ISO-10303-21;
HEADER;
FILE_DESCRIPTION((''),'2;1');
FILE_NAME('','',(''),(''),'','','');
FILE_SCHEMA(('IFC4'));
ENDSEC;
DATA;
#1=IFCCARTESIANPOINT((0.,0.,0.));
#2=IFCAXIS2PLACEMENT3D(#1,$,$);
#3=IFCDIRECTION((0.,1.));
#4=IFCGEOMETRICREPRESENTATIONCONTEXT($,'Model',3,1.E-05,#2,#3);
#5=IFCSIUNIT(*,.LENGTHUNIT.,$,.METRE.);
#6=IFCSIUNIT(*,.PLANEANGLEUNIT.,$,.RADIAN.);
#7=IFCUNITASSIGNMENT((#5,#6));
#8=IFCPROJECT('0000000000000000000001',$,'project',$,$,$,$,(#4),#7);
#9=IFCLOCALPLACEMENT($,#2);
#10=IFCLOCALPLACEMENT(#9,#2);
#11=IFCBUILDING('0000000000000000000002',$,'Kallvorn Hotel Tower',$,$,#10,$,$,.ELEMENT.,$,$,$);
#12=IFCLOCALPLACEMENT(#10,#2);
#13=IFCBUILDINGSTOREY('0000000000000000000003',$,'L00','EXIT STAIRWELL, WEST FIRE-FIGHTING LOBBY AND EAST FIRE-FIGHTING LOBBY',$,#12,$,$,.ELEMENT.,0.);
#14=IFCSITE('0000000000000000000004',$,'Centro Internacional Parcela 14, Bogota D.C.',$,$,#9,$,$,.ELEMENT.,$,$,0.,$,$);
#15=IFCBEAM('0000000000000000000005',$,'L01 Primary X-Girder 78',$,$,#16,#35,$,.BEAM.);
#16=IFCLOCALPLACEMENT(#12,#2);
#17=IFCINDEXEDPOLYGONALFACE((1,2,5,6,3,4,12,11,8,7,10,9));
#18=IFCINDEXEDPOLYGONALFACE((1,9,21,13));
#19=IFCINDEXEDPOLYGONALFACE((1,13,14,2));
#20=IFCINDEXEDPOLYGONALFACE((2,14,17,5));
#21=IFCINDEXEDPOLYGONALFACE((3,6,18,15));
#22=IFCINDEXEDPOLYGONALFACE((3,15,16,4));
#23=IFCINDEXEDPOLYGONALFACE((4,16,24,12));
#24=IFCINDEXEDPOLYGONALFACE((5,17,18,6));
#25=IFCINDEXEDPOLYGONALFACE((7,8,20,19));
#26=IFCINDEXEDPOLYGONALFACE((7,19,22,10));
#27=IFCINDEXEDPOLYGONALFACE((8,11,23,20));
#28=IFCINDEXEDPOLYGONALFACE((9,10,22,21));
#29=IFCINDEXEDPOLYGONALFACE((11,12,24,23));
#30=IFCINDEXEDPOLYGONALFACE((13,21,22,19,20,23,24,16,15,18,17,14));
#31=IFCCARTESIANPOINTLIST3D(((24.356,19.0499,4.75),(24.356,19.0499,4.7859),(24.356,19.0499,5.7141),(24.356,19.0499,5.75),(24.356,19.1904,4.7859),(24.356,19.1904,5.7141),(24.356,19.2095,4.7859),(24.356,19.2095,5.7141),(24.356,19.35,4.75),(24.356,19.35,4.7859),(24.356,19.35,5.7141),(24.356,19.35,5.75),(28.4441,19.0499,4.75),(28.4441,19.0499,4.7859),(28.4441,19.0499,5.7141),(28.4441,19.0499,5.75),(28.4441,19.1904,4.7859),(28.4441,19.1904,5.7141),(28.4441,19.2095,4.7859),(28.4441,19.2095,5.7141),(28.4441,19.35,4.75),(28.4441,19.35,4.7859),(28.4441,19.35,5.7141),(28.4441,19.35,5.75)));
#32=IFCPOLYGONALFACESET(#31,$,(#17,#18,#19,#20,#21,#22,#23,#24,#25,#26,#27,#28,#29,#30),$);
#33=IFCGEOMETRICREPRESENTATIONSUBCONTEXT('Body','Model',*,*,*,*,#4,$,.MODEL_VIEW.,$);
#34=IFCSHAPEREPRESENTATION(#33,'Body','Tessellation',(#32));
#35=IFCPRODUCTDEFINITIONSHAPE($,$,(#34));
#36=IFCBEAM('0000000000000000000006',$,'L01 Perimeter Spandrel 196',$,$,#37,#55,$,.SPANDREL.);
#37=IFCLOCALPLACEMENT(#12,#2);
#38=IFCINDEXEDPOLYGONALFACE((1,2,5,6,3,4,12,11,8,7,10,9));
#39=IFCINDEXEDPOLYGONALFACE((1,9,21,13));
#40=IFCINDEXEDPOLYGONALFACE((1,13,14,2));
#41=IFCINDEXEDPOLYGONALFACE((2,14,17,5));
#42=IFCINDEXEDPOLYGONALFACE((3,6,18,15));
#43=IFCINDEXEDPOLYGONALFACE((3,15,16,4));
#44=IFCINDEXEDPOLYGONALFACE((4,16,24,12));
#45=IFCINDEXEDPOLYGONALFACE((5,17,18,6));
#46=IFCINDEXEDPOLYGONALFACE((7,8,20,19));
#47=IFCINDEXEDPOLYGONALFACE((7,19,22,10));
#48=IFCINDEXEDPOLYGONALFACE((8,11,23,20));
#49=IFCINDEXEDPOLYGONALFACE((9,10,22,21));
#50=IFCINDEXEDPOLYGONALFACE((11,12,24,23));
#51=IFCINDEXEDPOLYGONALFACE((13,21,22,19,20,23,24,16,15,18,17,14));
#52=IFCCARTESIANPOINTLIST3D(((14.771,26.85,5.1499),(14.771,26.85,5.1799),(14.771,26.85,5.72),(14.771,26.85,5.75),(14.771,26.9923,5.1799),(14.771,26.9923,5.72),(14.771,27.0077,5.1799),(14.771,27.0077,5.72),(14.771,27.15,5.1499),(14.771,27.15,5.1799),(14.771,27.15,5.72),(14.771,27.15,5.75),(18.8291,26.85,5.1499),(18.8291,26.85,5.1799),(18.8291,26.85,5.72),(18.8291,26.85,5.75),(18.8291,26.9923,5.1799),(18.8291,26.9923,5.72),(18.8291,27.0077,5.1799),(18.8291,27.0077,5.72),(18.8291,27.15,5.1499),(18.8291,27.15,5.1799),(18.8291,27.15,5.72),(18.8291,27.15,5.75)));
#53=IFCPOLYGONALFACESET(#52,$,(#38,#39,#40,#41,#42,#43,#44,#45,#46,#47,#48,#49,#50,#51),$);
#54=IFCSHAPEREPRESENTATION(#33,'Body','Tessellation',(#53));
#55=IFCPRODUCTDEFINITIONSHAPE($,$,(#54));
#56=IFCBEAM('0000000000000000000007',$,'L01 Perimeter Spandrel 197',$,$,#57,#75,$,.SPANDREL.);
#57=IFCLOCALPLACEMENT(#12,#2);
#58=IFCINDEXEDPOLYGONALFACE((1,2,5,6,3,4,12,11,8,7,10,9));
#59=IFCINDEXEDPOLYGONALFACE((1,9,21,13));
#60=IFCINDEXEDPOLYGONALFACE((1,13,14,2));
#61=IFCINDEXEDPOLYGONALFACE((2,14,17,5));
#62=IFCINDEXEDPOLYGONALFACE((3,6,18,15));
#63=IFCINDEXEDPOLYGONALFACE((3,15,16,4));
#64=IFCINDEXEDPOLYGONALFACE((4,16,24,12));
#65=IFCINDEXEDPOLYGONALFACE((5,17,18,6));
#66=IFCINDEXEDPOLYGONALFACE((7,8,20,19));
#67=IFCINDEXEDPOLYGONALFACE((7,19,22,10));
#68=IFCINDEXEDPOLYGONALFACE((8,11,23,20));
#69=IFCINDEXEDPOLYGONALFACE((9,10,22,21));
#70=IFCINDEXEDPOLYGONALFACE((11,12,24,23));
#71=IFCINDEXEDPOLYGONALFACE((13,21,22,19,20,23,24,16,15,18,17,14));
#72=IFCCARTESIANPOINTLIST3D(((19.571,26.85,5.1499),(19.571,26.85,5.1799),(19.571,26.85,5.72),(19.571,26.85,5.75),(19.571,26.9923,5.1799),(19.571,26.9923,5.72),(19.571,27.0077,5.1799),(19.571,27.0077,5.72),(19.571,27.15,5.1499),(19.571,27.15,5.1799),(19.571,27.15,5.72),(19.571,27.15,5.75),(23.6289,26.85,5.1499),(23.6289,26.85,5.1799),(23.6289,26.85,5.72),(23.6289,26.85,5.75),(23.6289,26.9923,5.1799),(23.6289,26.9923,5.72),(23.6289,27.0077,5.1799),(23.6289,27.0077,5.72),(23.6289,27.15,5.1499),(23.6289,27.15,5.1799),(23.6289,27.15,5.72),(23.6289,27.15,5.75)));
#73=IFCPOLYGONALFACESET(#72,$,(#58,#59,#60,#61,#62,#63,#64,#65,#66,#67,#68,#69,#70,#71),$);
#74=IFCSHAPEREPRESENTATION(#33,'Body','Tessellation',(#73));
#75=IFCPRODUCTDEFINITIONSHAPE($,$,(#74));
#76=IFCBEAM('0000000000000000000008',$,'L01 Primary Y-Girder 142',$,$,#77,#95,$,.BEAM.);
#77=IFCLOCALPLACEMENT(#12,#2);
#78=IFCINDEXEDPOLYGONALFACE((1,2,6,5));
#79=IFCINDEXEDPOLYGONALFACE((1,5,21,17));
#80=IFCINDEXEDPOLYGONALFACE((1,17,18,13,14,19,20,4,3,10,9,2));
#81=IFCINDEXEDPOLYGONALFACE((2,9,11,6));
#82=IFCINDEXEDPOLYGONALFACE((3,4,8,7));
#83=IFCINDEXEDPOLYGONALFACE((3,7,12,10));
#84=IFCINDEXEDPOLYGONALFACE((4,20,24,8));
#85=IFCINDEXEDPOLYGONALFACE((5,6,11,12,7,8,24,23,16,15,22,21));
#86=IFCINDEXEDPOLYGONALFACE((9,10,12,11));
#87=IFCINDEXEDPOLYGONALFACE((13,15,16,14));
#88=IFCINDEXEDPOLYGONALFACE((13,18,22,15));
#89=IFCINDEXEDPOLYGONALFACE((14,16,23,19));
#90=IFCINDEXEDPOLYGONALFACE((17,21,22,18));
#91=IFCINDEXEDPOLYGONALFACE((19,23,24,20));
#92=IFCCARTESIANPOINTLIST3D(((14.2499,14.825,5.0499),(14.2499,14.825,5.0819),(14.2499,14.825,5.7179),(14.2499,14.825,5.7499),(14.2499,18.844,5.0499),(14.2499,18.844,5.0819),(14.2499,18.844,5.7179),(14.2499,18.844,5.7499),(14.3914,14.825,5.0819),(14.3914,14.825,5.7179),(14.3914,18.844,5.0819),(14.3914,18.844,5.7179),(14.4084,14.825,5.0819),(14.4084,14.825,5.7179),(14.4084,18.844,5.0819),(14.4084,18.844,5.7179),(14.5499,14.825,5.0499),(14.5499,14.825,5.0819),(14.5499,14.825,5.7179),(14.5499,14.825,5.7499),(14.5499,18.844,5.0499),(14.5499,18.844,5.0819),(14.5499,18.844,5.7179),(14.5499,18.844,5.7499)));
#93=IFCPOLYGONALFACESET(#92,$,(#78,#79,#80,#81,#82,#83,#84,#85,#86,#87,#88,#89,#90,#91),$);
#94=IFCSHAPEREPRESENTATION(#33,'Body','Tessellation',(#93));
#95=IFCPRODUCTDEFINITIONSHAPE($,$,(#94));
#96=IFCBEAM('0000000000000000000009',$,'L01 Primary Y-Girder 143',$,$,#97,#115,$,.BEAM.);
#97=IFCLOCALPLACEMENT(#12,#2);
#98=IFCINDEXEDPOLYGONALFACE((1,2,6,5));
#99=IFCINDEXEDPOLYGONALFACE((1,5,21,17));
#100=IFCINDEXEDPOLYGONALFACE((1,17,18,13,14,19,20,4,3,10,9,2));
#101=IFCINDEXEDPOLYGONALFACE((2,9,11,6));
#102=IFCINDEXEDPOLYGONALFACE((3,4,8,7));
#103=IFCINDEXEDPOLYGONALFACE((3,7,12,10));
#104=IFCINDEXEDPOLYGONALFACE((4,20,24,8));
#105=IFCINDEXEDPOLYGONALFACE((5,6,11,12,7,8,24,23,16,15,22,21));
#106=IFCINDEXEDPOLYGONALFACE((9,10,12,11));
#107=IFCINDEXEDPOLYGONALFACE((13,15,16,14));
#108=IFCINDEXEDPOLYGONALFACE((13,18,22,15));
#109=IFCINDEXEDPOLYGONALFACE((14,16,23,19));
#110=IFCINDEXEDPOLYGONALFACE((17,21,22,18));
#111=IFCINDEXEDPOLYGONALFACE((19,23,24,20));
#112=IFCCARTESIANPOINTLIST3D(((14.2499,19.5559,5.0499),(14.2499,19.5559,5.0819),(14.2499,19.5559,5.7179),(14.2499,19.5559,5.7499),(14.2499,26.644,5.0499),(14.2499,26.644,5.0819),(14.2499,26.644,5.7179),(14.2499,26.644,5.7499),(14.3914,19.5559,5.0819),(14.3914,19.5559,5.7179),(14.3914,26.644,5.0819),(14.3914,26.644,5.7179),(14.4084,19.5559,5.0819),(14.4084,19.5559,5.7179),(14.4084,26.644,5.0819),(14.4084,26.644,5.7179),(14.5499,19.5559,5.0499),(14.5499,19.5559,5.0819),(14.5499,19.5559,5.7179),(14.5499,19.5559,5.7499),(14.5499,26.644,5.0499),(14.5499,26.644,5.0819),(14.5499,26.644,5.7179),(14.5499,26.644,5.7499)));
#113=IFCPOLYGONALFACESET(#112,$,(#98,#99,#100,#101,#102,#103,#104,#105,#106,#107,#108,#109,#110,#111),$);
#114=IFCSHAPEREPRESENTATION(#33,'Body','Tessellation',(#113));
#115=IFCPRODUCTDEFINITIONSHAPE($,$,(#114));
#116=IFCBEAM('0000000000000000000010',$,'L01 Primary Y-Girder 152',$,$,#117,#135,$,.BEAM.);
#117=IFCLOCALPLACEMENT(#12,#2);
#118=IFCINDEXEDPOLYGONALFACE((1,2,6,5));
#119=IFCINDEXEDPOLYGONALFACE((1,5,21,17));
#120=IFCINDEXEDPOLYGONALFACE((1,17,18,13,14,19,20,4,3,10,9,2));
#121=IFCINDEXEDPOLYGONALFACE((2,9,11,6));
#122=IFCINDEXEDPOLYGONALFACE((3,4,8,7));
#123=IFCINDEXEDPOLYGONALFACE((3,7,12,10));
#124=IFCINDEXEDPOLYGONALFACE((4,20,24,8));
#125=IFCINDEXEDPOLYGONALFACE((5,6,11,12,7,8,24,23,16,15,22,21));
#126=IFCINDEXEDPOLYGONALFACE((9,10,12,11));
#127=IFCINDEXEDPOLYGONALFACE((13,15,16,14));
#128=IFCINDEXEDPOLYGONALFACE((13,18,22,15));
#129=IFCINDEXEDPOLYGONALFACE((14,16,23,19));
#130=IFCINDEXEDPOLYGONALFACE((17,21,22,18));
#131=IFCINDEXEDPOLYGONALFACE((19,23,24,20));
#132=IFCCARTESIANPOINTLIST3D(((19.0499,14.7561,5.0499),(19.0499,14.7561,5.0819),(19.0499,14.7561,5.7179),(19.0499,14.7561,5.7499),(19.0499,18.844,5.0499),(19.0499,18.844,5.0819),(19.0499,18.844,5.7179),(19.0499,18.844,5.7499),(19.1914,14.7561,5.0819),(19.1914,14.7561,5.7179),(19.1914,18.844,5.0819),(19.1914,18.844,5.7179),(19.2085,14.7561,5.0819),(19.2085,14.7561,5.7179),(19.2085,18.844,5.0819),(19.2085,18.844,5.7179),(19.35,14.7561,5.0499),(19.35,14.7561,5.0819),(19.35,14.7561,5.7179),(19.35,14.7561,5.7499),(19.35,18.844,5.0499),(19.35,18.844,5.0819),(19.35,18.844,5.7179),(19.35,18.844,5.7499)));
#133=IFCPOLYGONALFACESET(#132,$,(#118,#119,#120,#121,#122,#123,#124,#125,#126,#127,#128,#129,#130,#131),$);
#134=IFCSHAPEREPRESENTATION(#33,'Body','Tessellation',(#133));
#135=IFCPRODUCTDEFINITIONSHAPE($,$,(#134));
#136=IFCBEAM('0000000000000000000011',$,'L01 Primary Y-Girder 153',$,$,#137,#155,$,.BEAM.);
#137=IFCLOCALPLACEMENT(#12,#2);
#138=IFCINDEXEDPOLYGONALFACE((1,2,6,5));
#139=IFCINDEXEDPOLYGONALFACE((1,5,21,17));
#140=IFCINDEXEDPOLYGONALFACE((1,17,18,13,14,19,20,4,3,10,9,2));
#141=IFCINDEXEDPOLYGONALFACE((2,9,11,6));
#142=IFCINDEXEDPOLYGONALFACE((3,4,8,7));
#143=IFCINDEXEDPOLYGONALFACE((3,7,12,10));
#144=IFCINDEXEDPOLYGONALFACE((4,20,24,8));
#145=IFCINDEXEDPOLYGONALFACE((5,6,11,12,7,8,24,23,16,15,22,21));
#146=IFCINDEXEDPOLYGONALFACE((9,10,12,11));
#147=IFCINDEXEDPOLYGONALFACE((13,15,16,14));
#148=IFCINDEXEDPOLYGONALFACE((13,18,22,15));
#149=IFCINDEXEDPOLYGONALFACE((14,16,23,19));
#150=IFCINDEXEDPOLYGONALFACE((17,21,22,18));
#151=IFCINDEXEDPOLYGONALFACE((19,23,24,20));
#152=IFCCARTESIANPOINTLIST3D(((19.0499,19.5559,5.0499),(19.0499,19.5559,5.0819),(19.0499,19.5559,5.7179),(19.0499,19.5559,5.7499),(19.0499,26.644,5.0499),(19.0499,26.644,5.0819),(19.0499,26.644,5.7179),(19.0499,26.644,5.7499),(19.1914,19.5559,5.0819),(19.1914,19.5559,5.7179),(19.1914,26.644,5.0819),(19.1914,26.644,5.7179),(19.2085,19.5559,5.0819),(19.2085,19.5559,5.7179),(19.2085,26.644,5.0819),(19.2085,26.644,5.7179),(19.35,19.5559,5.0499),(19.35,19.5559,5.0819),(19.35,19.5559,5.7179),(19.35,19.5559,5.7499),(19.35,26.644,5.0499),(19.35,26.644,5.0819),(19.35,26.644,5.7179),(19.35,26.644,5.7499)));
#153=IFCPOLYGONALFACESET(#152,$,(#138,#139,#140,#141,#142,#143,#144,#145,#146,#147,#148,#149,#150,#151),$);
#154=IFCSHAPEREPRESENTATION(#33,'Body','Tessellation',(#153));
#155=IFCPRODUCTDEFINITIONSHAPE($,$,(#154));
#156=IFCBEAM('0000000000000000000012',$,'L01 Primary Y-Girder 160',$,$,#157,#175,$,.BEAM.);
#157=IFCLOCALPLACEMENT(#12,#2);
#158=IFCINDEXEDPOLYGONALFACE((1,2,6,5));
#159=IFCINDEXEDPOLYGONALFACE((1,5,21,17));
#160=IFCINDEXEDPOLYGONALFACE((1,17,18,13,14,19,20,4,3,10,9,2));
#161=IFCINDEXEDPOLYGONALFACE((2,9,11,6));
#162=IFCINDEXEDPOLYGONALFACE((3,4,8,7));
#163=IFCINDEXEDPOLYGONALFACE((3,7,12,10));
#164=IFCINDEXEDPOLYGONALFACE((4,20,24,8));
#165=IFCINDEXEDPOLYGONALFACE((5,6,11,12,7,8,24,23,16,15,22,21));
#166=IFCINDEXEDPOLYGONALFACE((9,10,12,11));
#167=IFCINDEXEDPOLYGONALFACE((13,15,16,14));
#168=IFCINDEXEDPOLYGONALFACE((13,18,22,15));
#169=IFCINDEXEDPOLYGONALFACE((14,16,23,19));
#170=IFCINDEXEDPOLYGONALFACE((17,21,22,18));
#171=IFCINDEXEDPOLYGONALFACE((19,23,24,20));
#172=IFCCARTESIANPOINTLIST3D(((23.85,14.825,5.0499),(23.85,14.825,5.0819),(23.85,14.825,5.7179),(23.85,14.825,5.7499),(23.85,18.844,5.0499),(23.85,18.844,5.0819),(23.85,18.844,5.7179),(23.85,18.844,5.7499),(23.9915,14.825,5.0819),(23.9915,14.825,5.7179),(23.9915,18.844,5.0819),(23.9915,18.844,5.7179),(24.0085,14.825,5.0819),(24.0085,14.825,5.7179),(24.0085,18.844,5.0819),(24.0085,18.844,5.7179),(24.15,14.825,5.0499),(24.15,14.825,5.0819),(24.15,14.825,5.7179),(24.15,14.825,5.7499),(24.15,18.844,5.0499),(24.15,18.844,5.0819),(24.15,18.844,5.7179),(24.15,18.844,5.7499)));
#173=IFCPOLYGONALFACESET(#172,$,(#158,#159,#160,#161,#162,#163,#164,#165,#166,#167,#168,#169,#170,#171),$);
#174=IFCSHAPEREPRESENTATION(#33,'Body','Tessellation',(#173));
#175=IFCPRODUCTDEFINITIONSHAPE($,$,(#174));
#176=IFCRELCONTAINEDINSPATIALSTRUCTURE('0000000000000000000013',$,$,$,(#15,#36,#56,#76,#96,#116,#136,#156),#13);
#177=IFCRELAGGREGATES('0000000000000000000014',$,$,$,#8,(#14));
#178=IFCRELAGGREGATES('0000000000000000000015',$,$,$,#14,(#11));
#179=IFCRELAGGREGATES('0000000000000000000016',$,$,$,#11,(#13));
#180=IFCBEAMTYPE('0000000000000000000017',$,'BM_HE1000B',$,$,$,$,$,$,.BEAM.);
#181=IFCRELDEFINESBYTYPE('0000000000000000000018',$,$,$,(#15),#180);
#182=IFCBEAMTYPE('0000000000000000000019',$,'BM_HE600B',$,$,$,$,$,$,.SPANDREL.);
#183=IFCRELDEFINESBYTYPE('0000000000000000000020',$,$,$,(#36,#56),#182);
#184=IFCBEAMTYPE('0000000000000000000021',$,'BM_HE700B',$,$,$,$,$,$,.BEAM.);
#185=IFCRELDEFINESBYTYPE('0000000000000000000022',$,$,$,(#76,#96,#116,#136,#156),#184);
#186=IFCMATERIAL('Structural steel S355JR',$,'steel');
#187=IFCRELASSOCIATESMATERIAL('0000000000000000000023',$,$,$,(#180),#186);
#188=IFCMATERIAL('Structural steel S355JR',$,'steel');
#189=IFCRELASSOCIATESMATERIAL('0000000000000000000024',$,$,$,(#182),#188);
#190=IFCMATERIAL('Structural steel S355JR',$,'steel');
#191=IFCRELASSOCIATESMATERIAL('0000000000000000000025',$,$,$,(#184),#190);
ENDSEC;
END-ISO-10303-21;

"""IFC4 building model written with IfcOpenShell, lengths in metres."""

from ifc_helpers import new_model, si_unit, direction, frame, origin, origin_2d, place, context, subcontext, project, spatial, i_section, extrude, material, material_profile, profile_set, type_object, element, save


model = new_model("IFC4")

# Units and contexts
model_context = context("Model", 3, precision=1e-05, world=origin(), true_north=direction((0.0, 1.0)))
body_context = subcontext(model_context, "Body", "Model", "MODEL_VIEW")
ifc_project = project(units=[si_unit("LENGTHUNIT", "METRE"), si_unit("PLANEANGLEUNIT", "RADIAN")], contexts=[model_context])

# Site, building, storey
site_placement = place(None, origin())
site = spatial("IfcSite", under=ifc_project, at=site_placement, Name="Centro Internacional Parcela 14, Bogota D.C.", CompositionType="ELEMENT", RefElevation=0.0)
building_placement = place(site_placement, origin())
building = spatial("IfcBuilding", under=site, at=building_placement, Name="Kallvorn Hotel Tower", CompositionType="ELEMENT")
storey_placement = place(building_placement, origin())
storey = spatial("IfcBuildingStorey", under=building, at=storey_placement, Name="L00", Description="EXIT STAIRWELL, WEST FIRE-FIGHTING LOBBY AND EAST FIRE-FIGHTING LOBBY", CompositionType="ELEMENT", Elevation=0.0)

# Beams
ifc_material_1 = material(Name="Structural steel S355JR", Category="steel")
ifc_material_profile_1 = material_profile(ifc_material_1, i_section(OverallWidth=0.3, OverallDepth=1.0, WebThickness=0.019, FlangeThickness=0.0359, at=origin_2d()), Name="HE 1000 B")
ifc_profile_set_1 = profile_set([ifc_material_profile_1], Name="Structural steel S355JR")
beam_type_1 = type_object("IfcBeamType", Name="BM_HE1000B", PredefinedType="BEAM", material=ifc_profile_set_1)
for number, where, z_axis, x_axis, name in (
    (1, (24.356, 19.2, 5.25), (1.0, 0.0, 0.0), (0.0, 1.0, 0.0), "L01 Primary X-Girder 78"),
):
    element("IfcBeam", number, at=place(storey_placement, frame(where, z_axis=z_axis, x_axis=x_axis)), inside=storey, type_object=beam_type_1, Name=name, PredefinedType="BEAM", context=body_context, shape_type="SweptSolid", body=[
        extrude(i_section(OverallWidth=0.3, OverallDepth=1.0, WebThickness=0.019, FlangeThickness=0.0359, at=origin_2d()), origin(), (0.0, 0.0, 1.0), 4.0881),
    ])
ifc_material_2 = material(Name="Structural steel S355JR", Category="steel")
ifc_material_profile_2 = material_profile(ifc_material_2, i_section(OverallWidth=0.3, OverallDepth=0.6001, WebThickness=0.0154, FlangeThickness=0.03, at=origin_2d()), Name="HE 600 B")
ifc_profile_set_2 = profile_set([ifc_material_profile_2], Name="Structural steel S355JR")
beam_type_2 = type_object("IfcBeamType", Name="BM_HE600B", PredefinedType="SPANDREL", material=ifc_profile_set_2)
beam_1_placement = place(storey_placement, frame((14.771, 27.0, 5.45), z_axis=(1.0, 0.0, 0.0), x_axis=(0.0, 1.0, 0.0)))
element("IfcBeam", 2, at=beam_1_placement, inside=storey, type_object=beam_type_2, Name="L01 Perimeter Spandrel 196", PredefinedType="SPANDREL", context=body_context, shape_type="SweptSolid", body=[
    extrude(i_section(OverallWidth=0.3, OverallDepth=0.6001, WebThickness=0.0154, FlangeThickness=0.03, at=origin_2d()), origin(), (0.0, 0.0, 1.0), 4.0581),
])
beam_2_placement = place(storey_placement, frame((19.571, 27.0, 5.45), z_axis=(1.0, 0.0, 0.0), x_axis=(0.0, 1.0, 0.0)))
element("IfcBeam", 3, at=beam_2_placement, inside=storey, type_object=beam_type_2, Name="L01 Perimeter Spandrel 197", PredefinedType="SPANDREL", context=body_context, shape_type="SweptSolid", body=[
    extrude(i_section(OverallWidth=0.3, OverallDepth=0.6001, WebThickness=0.0154, FlangeThickness=0.03, at=origin_2d()), origin(), (0.0, 0.0, 1.0), 4.0579),
])
ifc_material_3 = material(Name="Structural steel S355JR", Category="steel")
ifc_material_profile_3 = material_profile(ifc_material_3, i_section(OverallWidth=0.3, OverallDepth=0.7, WebThickness=0.0171, FlangeThickness=0.032, at=origin_2d()), Name="HE 700 B")
ifc_profile_set_3 = profile_set([ifc_material_profile_3], Name="Structural steel S355JR")
beam_type_3 = type_object("IfcBeamType", Name="BM_HE700B", PredefinedType="BEAM", material=ifc_profile_set_3)
beam_3_placement = place(storey_placement, frame((14.3999, 14.825, 5.3999), z_axis=(0.0, 1.0, 0.0), x_axis=(-1.0, 0.0, 0.0)))
element("IfcBeam", 4, at=beam_3_placement, inside=storey, type_object=beam_type_3, Name="L01 Primary Y-Girder 142", PredefinedType="BEAM", context=body_context, shape_type="SweptSolid", body=[
    extrude(i_section(OverallWidth=0.3, OverallDepth=0.7, WebThickness=0.0171, FlangeThickness=0.032, at=origin_2d()), origin(), (0.0, 0.0, 1.0), 4.019),
])
beam_4_placement = place(storey_placement, frame((14.3999, 19.5559, 5.3999), z_axis=(0.0, 1.0, 0.0), x_axis=(-1.0, 0.0, 0.0)))
element("IfcBeam", 5, at=beam_4_placement, inside=storey, type_object=beam_type_3, Name="L01 Primary Y-Girder 143", PredefinedType="BEAM", context=body_context, shape_type="SweptSolid", body=[
    extrude(i_section(OverallWidth=0.3, OverallDepth=0.7, WebThickness=0.0171, FlangeThickness=0.032, at=origin_2d()), origin(), (0.0, 0.0, 1.0), 7.0881),
])
beam_5_placement = place(storey_placement, frame((19.2, 14.7561, 5.3999), z_axis=(0.0, 1.0, 0.0), x_axis=(-1.0, 0.0, 0.0)))
element("IfcBeam", 6, at=beam_5_placement, inside=storey, type_object=beam_type_3, Name="L01 Primary Y-Girder 152", PredefinedType="BEAM", context=body_context, shape_type="SweptSolid", body=[
    extrude(i_section(OverallWidth=0.3, OverallDepth=0.7, WebThickness=0.0171, FlangeThickness=0.032, at=origin_2d()), origin(), (0.0, 0.0, 1.0), 4.0879),
])
beam_6_placement = place(storey_placement, frame((19.2, 19.5559, 5.3999), z_axis=(0.0, 1.0, 0.0), x_axis=(-1.0, 0.0, 0.0)))
element("IfcBeam", 7, at=beam_6_placement, inside=storey, type_object=beam_type_3, Name="L01 Primary Y-Girder 153", PredefinedType="BEAM", context=body_context, shape_type="SweptSolid", body=[
    extrude(i_section(OverallWidth=0.3, OverallDepth=0.7, WebThickness=0.0171, FlangeThickness=0.032, at=origin_2d()), origin(), (0.0, 0.0, 1.0), 7.0881),
])
beam_7_placement = place(storey_placement, frame((24.0, 14.825, 5.3999), z_axis=(0.0, 1.0, 0.0), x_axis=(-1.0, 0.0, 0.0)))
element("IfcBeam", 8, at=beam_7_placement, inside=storey, type_object=beam_type_3, Name="L01 Primary Y-Girder 160", PredefinedType="BEAM", context=body_context, shape_type="SweptSolid", body=[
    extrude(i_section(OverallWidth=0.3, OverallDepth=0.7, WebThickness=0.0171, FlangeThickness=0.032, at=origin_2d()), origin(), (0.0, 0.0, 1.0), 4.019),
])

save(model, "model.ifc")
